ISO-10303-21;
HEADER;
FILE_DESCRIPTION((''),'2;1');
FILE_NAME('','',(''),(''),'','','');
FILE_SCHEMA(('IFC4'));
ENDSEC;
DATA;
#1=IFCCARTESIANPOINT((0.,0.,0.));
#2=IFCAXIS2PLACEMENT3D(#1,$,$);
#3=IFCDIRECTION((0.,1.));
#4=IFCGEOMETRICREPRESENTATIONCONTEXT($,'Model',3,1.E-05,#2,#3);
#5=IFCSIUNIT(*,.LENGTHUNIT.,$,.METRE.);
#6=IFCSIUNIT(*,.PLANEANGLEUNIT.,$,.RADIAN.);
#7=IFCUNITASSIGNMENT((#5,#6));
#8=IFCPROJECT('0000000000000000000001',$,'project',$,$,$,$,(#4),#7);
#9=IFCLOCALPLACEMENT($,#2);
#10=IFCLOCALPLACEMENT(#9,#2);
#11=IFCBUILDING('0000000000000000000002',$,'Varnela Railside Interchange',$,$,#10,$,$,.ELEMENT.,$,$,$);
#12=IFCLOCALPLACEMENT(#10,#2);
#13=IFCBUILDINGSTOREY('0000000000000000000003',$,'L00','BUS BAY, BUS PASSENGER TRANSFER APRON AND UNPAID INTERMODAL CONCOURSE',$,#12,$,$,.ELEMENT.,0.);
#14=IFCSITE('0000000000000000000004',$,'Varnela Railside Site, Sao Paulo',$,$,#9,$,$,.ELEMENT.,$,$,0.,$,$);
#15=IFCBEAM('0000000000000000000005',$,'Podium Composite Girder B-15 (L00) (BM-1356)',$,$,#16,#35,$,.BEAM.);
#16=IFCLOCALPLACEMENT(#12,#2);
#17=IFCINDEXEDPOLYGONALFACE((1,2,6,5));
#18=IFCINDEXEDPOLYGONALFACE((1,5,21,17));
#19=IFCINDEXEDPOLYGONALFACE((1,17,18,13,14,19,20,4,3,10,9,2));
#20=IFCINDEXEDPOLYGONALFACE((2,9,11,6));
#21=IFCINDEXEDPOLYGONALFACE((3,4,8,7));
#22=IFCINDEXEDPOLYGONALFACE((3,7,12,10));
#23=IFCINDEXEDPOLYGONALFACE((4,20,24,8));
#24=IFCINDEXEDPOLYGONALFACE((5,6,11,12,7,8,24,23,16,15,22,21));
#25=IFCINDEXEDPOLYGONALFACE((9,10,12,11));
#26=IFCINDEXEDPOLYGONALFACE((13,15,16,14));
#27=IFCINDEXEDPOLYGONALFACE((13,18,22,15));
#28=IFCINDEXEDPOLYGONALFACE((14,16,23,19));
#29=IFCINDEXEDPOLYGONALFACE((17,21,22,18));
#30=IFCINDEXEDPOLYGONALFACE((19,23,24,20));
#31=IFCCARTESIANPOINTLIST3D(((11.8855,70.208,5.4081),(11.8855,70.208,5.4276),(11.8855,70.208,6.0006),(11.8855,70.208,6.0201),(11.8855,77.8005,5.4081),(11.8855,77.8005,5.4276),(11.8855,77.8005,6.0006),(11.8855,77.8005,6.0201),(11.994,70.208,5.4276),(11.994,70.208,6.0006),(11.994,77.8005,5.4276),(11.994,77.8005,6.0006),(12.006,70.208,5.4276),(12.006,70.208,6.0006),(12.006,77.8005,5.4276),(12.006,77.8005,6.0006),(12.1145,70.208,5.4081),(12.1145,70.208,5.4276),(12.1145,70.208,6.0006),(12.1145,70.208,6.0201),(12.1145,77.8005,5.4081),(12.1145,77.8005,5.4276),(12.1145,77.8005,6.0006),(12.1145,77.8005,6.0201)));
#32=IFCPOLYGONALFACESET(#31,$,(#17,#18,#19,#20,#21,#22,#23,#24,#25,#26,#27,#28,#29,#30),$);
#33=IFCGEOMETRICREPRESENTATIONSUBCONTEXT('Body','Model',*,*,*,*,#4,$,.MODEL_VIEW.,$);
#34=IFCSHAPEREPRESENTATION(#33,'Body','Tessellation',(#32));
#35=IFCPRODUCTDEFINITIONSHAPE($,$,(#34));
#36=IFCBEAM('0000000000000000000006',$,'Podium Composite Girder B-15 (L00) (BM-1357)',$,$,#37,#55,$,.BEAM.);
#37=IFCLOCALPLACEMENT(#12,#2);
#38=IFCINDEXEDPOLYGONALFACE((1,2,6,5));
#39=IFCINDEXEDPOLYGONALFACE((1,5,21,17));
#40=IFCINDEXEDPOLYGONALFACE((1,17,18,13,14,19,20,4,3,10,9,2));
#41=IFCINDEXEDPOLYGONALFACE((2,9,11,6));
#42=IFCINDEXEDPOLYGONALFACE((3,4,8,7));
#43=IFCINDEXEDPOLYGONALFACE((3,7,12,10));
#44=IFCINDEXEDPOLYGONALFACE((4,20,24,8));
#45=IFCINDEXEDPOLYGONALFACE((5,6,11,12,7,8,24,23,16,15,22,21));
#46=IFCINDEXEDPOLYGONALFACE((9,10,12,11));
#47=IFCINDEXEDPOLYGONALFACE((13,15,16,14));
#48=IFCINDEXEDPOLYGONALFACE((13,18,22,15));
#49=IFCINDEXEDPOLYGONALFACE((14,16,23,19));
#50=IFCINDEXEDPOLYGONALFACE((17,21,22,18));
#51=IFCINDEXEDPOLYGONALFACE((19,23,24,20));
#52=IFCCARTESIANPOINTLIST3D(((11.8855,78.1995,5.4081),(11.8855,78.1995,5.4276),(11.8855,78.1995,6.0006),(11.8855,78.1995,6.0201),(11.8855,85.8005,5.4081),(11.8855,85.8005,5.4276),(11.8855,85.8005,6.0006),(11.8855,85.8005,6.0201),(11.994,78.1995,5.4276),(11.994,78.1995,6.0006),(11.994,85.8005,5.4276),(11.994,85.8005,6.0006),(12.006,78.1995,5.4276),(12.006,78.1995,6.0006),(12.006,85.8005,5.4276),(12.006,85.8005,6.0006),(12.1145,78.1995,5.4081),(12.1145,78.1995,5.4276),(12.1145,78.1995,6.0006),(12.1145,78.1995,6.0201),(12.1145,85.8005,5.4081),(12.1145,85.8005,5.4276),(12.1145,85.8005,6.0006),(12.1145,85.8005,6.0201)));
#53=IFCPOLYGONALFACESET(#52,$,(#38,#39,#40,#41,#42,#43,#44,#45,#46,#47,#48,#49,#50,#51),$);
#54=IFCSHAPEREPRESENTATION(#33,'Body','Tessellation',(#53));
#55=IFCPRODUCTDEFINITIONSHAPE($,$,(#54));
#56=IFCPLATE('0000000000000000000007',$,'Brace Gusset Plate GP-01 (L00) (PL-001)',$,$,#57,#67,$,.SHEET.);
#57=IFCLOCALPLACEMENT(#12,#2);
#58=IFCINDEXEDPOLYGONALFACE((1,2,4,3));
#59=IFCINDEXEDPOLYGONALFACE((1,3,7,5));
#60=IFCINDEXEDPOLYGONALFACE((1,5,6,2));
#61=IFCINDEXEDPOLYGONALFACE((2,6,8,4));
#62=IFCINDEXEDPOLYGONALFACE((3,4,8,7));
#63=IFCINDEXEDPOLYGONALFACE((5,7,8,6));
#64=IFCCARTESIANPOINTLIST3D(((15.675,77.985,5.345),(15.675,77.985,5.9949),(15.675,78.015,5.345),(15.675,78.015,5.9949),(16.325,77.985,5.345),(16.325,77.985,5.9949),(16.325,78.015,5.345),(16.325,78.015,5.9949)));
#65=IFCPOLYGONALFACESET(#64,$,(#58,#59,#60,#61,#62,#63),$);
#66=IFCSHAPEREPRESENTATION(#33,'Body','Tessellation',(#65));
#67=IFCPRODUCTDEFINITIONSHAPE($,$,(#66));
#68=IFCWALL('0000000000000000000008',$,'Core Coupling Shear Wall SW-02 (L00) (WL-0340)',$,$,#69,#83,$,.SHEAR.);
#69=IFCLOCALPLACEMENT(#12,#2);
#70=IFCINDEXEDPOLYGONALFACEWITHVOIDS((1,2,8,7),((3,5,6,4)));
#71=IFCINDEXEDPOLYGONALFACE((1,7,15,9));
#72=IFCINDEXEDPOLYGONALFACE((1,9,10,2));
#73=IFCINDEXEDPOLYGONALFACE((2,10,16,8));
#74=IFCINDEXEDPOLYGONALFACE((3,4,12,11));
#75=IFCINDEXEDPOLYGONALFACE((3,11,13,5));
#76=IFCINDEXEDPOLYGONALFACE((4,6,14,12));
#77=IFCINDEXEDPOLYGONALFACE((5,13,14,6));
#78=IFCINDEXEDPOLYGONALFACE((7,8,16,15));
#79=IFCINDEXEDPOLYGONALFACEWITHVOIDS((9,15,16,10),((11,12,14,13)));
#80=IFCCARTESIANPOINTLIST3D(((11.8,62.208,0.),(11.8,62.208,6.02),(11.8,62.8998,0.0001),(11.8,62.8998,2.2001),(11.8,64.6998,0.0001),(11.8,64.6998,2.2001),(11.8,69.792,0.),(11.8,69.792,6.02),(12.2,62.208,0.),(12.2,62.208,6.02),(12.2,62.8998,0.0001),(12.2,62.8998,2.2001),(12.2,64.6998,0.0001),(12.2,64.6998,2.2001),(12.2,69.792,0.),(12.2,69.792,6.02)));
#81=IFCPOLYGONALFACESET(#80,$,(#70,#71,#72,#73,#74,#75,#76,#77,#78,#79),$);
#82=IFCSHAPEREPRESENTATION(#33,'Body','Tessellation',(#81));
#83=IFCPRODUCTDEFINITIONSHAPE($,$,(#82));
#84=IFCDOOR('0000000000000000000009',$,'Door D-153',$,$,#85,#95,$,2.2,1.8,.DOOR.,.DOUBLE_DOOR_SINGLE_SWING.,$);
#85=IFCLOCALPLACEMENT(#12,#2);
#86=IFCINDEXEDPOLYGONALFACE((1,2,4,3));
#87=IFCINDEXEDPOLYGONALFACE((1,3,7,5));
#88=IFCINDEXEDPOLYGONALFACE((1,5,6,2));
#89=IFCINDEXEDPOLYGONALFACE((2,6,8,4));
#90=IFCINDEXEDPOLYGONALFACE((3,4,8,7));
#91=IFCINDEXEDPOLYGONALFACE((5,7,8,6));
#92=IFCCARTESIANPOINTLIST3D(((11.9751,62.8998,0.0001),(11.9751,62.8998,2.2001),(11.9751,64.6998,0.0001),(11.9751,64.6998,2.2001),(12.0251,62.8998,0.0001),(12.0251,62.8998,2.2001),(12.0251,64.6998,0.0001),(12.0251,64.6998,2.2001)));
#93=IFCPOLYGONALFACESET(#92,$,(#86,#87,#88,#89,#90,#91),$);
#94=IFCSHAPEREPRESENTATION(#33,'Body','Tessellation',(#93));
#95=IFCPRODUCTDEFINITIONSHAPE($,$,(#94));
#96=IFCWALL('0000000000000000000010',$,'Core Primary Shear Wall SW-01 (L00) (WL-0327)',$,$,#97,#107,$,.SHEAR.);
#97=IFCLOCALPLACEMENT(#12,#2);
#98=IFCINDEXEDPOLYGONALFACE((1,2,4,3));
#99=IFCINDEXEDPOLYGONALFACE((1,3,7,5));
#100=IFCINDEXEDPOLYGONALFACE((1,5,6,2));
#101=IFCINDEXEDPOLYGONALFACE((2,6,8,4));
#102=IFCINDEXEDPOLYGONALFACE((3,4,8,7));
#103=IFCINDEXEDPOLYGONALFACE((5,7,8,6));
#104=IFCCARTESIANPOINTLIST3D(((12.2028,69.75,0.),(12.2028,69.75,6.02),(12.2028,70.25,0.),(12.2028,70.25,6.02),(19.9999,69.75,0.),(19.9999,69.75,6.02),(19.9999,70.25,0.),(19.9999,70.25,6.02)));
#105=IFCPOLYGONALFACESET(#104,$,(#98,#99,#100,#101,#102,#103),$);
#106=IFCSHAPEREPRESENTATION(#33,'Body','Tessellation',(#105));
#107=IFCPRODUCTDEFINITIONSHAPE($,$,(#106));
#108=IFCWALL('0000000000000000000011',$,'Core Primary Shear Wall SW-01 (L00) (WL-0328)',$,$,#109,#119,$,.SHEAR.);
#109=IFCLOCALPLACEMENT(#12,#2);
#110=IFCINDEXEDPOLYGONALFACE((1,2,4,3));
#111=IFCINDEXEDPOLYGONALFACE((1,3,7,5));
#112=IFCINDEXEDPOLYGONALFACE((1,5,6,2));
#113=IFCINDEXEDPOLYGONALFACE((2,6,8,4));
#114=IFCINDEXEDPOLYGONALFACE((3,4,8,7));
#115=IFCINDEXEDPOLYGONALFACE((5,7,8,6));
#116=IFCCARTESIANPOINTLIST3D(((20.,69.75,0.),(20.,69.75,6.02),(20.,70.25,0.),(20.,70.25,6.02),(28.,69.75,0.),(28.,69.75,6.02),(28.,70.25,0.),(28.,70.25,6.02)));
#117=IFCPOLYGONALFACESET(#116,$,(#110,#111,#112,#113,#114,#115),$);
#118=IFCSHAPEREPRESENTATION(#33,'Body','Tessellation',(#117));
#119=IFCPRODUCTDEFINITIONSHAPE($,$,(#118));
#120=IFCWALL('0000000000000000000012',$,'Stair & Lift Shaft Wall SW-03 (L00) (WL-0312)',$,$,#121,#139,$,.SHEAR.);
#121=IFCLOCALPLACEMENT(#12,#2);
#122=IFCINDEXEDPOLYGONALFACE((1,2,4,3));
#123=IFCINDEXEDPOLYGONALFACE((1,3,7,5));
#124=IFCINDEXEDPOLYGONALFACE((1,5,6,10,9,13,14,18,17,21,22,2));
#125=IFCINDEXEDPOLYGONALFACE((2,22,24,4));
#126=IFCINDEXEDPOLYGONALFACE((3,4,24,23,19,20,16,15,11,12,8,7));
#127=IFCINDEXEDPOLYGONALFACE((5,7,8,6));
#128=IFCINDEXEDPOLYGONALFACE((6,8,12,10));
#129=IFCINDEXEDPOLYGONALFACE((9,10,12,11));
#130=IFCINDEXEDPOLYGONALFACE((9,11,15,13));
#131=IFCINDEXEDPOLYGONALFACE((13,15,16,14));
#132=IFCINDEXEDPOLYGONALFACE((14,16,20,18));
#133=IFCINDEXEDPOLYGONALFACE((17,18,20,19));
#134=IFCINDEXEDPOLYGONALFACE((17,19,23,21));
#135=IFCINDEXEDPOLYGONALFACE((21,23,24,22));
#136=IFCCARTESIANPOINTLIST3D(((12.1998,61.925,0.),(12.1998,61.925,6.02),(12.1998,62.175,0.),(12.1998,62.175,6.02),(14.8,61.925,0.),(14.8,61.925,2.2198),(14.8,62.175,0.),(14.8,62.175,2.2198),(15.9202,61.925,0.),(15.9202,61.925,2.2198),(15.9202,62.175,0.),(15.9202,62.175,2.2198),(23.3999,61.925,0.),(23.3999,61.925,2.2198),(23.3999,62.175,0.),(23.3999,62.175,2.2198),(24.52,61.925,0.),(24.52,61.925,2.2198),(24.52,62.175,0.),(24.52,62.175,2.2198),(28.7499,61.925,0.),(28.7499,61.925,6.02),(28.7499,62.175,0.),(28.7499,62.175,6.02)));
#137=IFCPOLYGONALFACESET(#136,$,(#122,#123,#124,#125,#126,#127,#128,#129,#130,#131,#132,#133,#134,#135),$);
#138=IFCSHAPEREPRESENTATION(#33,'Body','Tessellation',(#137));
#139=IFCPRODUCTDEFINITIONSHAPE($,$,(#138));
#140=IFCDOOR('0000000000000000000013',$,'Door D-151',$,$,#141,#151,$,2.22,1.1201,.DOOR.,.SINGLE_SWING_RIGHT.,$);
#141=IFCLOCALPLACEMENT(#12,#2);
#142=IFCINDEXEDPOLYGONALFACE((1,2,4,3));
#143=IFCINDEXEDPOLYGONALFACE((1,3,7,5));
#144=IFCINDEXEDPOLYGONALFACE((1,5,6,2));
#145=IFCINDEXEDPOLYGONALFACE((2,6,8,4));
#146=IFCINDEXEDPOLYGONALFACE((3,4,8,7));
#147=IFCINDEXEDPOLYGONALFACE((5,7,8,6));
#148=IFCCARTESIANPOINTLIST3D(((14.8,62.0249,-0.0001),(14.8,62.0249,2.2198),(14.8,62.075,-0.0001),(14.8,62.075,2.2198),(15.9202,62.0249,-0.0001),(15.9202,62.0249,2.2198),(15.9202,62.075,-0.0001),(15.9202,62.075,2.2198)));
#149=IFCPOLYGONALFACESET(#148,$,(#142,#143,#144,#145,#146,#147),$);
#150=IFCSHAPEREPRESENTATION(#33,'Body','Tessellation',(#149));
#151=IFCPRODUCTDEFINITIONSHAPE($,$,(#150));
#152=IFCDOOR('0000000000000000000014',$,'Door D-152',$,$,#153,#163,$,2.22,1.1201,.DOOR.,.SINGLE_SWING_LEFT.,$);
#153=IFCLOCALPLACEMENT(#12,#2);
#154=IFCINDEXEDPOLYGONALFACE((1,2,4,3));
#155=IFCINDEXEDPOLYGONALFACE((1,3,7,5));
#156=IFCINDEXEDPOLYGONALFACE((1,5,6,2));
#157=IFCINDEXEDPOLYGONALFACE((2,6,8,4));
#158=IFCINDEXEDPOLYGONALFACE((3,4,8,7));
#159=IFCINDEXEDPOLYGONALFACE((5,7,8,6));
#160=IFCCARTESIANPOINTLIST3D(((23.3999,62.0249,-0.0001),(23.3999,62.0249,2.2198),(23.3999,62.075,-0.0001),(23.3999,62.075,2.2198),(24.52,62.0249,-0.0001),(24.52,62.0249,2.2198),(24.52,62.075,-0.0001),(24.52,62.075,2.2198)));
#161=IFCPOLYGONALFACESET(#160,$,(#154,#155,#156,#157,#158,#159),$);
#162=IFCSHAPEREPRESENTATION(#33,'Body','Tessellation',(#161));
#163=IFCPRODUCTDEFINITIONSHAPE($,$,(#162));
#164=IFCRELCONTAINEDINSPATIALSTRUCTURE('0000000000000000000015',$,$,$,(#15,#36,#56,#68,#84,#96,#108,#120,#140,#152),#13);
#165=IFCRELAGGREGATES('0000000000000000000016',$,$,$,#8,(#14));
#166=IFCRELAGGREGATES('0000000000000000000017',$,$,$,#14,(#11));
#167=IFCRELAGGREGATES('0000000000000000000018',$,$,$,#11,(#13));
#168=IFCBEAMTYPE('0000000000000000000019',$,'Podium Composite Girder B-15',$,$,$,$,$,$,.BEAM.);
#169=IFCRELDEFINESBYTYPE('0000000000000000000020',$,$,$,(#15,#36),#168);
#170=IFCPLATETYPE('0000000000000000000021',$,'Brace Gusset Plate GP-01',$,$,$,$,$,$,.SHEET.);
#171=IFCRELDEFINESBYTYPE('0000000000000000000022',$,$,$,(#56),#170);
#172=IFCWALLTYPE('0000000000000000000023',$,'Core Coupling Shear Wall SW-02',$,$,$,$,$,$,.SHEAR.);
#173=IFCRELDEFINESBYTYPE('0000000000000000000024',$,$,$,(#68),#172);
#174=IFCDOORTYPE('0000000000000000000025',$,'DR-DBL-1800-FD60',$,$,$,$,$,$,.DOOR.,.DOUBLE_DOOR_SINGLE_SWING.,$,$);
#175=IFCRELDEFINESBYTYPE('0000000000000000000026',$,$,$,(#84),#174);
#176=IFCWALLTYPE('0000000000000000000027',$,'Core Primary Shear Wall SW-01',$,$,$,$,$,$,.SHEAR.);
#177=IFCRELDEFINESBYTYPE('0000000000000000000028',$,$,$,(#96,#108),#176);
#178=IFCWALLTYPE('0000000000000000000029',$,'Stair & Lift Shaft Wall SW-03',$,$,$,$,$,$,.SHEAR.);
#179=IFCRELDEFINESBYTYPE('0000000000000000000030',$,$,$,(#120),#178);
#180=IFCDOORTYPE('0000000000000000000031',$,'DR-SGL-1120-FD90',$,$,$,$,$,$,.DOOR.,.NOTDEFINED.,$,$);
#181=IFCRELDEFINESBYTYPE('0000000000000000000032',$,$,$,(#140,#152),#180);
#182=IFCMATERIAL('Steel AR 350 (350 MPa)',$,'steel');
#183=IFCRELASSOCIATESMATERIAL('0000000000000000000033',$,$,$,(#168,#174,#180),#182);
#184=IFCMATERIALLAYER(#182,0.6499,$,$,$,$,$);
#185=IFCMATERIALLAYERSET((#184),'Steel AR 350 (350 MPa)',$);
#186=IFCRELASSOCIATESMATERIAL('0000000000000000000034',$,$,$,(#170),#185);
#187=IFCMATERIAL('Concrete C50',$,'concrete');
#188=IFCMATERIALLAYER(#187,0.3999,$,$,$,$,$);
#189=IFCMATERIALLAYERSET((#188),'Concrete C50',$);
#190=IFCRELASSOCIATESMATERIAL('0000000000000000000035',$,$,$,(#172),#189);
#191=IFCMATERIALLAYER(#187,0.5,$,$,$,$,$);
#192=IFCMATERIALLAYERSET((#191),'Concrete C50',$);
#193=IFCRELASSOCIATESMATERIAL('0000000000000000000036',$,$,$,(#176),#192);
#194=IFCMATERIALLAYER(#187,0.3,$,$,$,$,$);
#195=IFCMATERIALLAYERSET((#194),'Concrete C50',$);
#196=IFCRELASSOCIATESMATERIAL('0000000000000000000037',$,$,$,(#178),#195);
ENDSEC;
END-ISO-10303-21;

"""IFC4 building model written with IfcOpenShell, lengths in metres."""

from ifc_helpers import new_model, si_unit, direction, frame, frame_2d, origin, origin_2d, place, context, subcontext, project, spatial, rectangle, i_section, extrude, material, layer, layer_set, material_profile, profile_set, type_object, element, fill, save


model = new_model("IFC4")

# Units and contexts
model_context = context("Model", 3, precision=1e-05, world=origin(), true_north=direction((0.0, 1.0)))
body_context = subcontext(model_context, "Body", "Model", "MODEL_VIEW")
ifc_project = project(units=[si_unit("LENGTHUNIT", "METRE"), si_unit("PLANEANGLEUNIT", "RADIAN")], contexts=[model_context])

# Site, building, storey
site_placement = place(None, origin())
site = spatial("IfcSite", under=ifc_project, at=site_placement, Name="Varnela Railside Site, Sao Paulo", CompositionType="ELEMENT", RefElevation=0.0)
building_placement = place(site_placement, origin())
building = spatial("IfcBuilding", under=site, at=building_placement, Name="Varnela Railside Interchange", CompositionType="ELEMENT")
storey_placement = place(building_placement, origin())
storey = spatial("IfcBuildingStorey", under=building, at=storey_placement, Name="L00", Description="BUS BAY, BUS PASSENGER TRANSFER APRON AND UNPAID INTERMODAL CONCOURSE", CompositionType="ELEMENT", Elevation=0.0)

# Shared definitions
ifc_material_1 = material(Name="Steel AR 350 (350 MPa)", Category="steel")

# Shared definitions
ifc_material_2 = material(Name="Concrete C50", Category="concrete")

# Beams
ifc_material_profile_1 = material_profile(ifc_material_1, i_section(OverallWidth=0.229, OverallDepth=0.6121, WebThickness=0.012, FlangeThickness=0.0195, at=origin_2d()), Name="W610x125")
ifc_profile_set_1 = profile_set([ifc_material_profile_1], Name="Steel AR 350 (350 MPa)")
beam_type_1 = type_object("IfcBeamType", Name="Podium Composite Girder B-15", PredefinedType="BEAM", material=ifc_profile_set_1)
beam_1_placement = place(storey_placement, frame((12.0, 70.208, 5.7141), z_axis=(0.0, 1.0, 0.0), x_axis=(-1.0, 0.0, 0.0)))
element("IfcBeam", 1, at=beam_1_placement, inside=storey, type_object=beam_type_1, Name="Podium Composite Girder B-15 (L00) (BM-1356)", PredefinedType="BEAM", context=body_context, shape_type="SweptSolid", body=[
    extrude(i_section(OverallWidth=0.229, OverallDepth=0.6121, WebThickness=0.012, FlangeThickness=0.0195, at=origin_2d()), origin(), (0.0, 0.0, 1.0), 7.5925),
])
beam_2_placement = place(storey_placement, frame((12.0, 78.1995, 5.7141), z_axis=(0.0, 1.0, 0.0), x_axis=(-1.0, 0.0, 0.0)))
element("IfcBeam", 2, at=beam_2_placement, inside=storey, type_object=beam_type_1, Name="Podium Composite Girder B-15 (L00) (BM-1357)", PredefinedType="BEAM", context=body_context, shape_type="SweptSolid", body=[
    extrude(i_section(OverallWidth=0.229, OverallDepth=0.6121, WebThickness=0.012, FlangeThickness=0.0195, at=origin_2d()), origin(), (0.0, 0.0, 1.0), 7.6011),
])

# Plate
ifc_layer_1 = layer(ifc_material_1, 0.6499)
ifc_layer_set_1 = layer_set([ifc_layer_1], Name="Steel AR 350 (350 MPa)")
plate_type = type_object("IfcPlateType", Name="Brace Gusset Plate GP-01", PredefinedType="SHEET", material=ifc_layer_set_1)
plate_placement = place(storey_placement, frame((16.0, 78.0, 5.345), z_axis=(0.0, 0.0, 1.0), x_axis=(1.0, 0.0, 0.0)))
element("IfcPlate", 3, at=plate_placement, inside=storey, type_object=plate_type, Name="Brace Gusset Plate GP-01 (L00) (PL-001)", PredefinedType="SHEET", context=body_context, shape_type="SweptSolid", body=[
    extrude(rectangle(XDim=0.6499, YDim=0.03, at=origin_2d()), origin(), (0.0, 0.0, 1.0), 0.6499),
])

# Wall, opening, door
ifc_layer_2 = layer(ifc_material_2, 0.3999)
ifc_layer_set_2 = layer_set([ifc_layer_2], Name="Concrete C50")
wall_type_1 = type_object("IfcWallType", Name="Core Coupling Shear Wall SW-02", PredefinedType="SHEAR", material=ifc_layer_set_2)
wall_1_placement = place(storey_placement, frame((12.0, 62.208, 0.0), z_axis=(0.0, 0.0, 1.0), x_axis=(0.0, 1.0, 0.0)))
wall_1 = element("IfcWall", 4, at=wall_1_placement, inside=storey, type_object=wall_type_1, Name="Core Coupling Shear Wall SW-02 (L00) (WL-0340)", PredefinedType="SHEAR", context=body_context, shape_type="SweptSolid", body=[
    extrude(rectangle(XDim=7.584, YDim=0.3999, at=frame_2d((3.792, 0.0))), origin(), (0.0, 0.0, 1.0), 6.02),
])
opening_1_placement = place(wall_1_placement, frame((0.6919, 0.0, 0.0)))
opening_1 = element("IfcOpeningElement", 5, at=opening_1_placement, cuts=wall_1, PredefinedType="OPENING", context=body_context, shape_type="SweptSolid", body=[
    extrude(rectangle(XDim=1.8, YDim=2.2, at=frame_2d((0.8999, 1.1001))), frame((0.0, 0.21, 0.0), z_axis=(0.0, -1.0, 0.0), x_axis=(1.0, 0.0, 0.0)), (0.0, 0.0, 1.0), 0.4199),
])
door_type_1 = type_object("IfcDoorType", Name="DR-DBL-1800-FD60", OperationType="DOUBLE_DOOR_SINGLE_SWING", PredefinedType="DOOR", material=ifc_material_1)
door_1_placement = place(opening_1_placement, origin())
door_1 = element("IfcDoor", 6, at=door_1_placement, inside=storey, type_object=door_type_1, Name="Door D-153", OperationType="DOUBLE_DOOR_SINGLE_SWING", OverallHeight=2.2, OverallWidth=1.8, PredefinedType="DOOR", context=body_context, shape_type="SweptSolid", body=[
    extrude(rectangle(XDim=1.8, YDim=2.2, at=frame_2d((0.8999, 1.1001))), frame((0.0, 0.0249, 0.0), z_axis=(0.0, -1.0, 0.0), x_axis=(1.0, 0.0, 0.0)), (0.0, 0.0, 1.0), 0.05),
])
fill(opening_1, door_1)

# Walls
ifc_layer_3 = layer(ifc_material_2, 0.5)
ifc_layer_set_3 = layer_set([ifc_layer_3], Name="Concrete C50")
wall_type_2 = type_object("IfcWallType", Name="Core Primary Shear Wall SW-01", PredefinedType="SHEAR", material=ifc_layer_set_3)
wall_2_placement = place(storey_placement, frame((12.2029, 70.0, 0.0), z_axis=(0.0, 0.0, 1.0), x_axis=(1.0, 0.0, 0.0)))
element("IfcWall", 7, at=wall_2_placement, inside=storey, type_object=wall_type_2, Name="Core Primary Shear Wall SW-01 (L00) (WL-0327)", PredefinedType="SHEAR", context=body_context, shape_type="SweptSolid", body=[
    extrude(rectangle(XDim=7.7971, YDim=0.5, at=frame_2d((3.8984, 0.0))), origin(), (0.0, 0.0, 1.0), 6.02),
])
wall_3_placement = place(storey_placement, frame((20.0, 70.0, 0.0), z_axis=(0.0, 0.0, 1.0), x_axis=(1.0, 0.0, 0.0)))
element("IfcWall", 8, at=wall_3_placement, inside=storey, type_object=wall_type_2, Name="Core Primary Shear Wall SW-01 (L00) (WL-0328)", PredefinedType="SHEAR", context=body_context, shape_type="SweptSolid", body=[
    extrude(rectangle(XDim=8.0, YDim=0.5, at=frame_2d((4.0, 0.0))), origin(), (0.0, 0.0, 1.0), 6.02),
])

# Wall, openings, doors
ifc_layer_4 = layer(ifc_material_2, 0.3)
ifc_layer_set_4 = layer_set([ifc_layer_4], Name="Concrete C50")
wall_type_3 = type_object("IfcWallType", Name="Stair & Lift Shaft Wall SW-03", PredefinedType="SHEAR", material=ifc_layer_set_4)
wall_4_placement = place(storey_placement, frame((12.2, 62.05, 0.0), z_axis=(0.0, 0.0, 1.0), x_axis=(1.0, 0.0, 0.0)))
wall_4 = element("IfcWall", 9, at=wall_4_placement, inside=storey, type_object=wall_type_3, Name="Stair & Lift Shaft Wall SW-03 (L00) (WL-0312)", PredefinedType="SHEAR", context=body_context, shape_type="SweptSolid", body=[
    extrude(rectangle(XDim=16.55, YDim=0.25, at=frame_2d((8.2749, 0.0))), origin(), (0.0, 0.0, 1.0), 6.02),
])
opening_2_placement = place(wall_4_placement, frame((2.6001, 0.0, 0.0)))
opening_2 = element("IfcOpeningElement", 10, at=opening_2_placement, cuts=wall_4, PredefinedType="OPENING", context=body_context, shape_type="SweptSolid", body=[
    extrude(rectangle(XDim=1.1201, YDim=2.22, at=frame_2d((0.5601, 1.1099))), frame((0.0, 0.135, 0.0), z_axis=(0.0, -1.0, 0.0), x_axis=(1.0, 0.0, 0.0)), (0.0, 0.0, 1.0), 0.27),
])
opening_3_placement = place(wall_4_placement, frame((11.2, 0.0, 0.0)))
opening_3 = element("IfcOpeningElement", 11, at=opening_3_placement, cuts=wall_4, PredefinedType="OPENING", context=body_context, shape_type="SweptSolid", body=[
    extrude(rectangle(XDim=1.1201, YDim=2.22, at=frame_2d((0.5601, 1.1099))), frame((0.0, 0.135, 0.0), z_axis=(0.0, -1.0, 0.0), x_axis=(1.0, 0.0, 0.0)), (0.0, 0.0, 1.0), 0.27),
])
door_type_2 = type_object("IfcDoorType", Name="DR-SGL-1120-FD90", OperationType="NOTDEFINED", PredefinedType="DOOR", material=ifc_material_1)
door_2_placement = place(opening_2_placement, origin())
door_2 = element("IfcDoor", 12, at=door_2_placement, inside=storey, type_object=door_type_2, Name="Door D-151", OperationType="SINGLE_SWING_RIGHT", OverallHeight=2.22, OverallWidth=1.1201, PredefinedType="DOOR", context=body_context, shape_type="SweptSolid", body=[
    extrude(rectangle(XDim=1.1201, YDim=2.22, at=frame_2d((0.5601, 1.1099))), frame((0.0, 0.0249, 0.0), z_axis=(0.0, -1.0, 0.0), x_axis=(1.0, 0.0, 0.0)), (0.0, 0.0, 1.0), 0.05),
])
fill(opening_2, door_2)
door_3_placement = place(opening_3_placement, origin())
door_3 = element("IfcDoor", 13, at=door_3_placement, inside=storey, type_object=door_type_2, Name="Door D-152", OperationType="SINGLE_SWING_LEFT", OverallHeight=2.22, OverallWidth=1.1201, PredefinedType="DOOR", context=body_context, shape_type="SweptSolid", body=[
    extrude(rectangle(XDim=1.1201, YDim=2.22, at=frame_2d((0.5601, 1.1099))), frame((0.0, 0.0249, 0.0), z_axis=(0.0, -1.0, 0.0), x_axis=(1.0, 0.0, 0.0)), (0.0, 0.0, 1.0), 0.05),
])
fill(opening_3, door_3)

save(model, "model.ifc")
